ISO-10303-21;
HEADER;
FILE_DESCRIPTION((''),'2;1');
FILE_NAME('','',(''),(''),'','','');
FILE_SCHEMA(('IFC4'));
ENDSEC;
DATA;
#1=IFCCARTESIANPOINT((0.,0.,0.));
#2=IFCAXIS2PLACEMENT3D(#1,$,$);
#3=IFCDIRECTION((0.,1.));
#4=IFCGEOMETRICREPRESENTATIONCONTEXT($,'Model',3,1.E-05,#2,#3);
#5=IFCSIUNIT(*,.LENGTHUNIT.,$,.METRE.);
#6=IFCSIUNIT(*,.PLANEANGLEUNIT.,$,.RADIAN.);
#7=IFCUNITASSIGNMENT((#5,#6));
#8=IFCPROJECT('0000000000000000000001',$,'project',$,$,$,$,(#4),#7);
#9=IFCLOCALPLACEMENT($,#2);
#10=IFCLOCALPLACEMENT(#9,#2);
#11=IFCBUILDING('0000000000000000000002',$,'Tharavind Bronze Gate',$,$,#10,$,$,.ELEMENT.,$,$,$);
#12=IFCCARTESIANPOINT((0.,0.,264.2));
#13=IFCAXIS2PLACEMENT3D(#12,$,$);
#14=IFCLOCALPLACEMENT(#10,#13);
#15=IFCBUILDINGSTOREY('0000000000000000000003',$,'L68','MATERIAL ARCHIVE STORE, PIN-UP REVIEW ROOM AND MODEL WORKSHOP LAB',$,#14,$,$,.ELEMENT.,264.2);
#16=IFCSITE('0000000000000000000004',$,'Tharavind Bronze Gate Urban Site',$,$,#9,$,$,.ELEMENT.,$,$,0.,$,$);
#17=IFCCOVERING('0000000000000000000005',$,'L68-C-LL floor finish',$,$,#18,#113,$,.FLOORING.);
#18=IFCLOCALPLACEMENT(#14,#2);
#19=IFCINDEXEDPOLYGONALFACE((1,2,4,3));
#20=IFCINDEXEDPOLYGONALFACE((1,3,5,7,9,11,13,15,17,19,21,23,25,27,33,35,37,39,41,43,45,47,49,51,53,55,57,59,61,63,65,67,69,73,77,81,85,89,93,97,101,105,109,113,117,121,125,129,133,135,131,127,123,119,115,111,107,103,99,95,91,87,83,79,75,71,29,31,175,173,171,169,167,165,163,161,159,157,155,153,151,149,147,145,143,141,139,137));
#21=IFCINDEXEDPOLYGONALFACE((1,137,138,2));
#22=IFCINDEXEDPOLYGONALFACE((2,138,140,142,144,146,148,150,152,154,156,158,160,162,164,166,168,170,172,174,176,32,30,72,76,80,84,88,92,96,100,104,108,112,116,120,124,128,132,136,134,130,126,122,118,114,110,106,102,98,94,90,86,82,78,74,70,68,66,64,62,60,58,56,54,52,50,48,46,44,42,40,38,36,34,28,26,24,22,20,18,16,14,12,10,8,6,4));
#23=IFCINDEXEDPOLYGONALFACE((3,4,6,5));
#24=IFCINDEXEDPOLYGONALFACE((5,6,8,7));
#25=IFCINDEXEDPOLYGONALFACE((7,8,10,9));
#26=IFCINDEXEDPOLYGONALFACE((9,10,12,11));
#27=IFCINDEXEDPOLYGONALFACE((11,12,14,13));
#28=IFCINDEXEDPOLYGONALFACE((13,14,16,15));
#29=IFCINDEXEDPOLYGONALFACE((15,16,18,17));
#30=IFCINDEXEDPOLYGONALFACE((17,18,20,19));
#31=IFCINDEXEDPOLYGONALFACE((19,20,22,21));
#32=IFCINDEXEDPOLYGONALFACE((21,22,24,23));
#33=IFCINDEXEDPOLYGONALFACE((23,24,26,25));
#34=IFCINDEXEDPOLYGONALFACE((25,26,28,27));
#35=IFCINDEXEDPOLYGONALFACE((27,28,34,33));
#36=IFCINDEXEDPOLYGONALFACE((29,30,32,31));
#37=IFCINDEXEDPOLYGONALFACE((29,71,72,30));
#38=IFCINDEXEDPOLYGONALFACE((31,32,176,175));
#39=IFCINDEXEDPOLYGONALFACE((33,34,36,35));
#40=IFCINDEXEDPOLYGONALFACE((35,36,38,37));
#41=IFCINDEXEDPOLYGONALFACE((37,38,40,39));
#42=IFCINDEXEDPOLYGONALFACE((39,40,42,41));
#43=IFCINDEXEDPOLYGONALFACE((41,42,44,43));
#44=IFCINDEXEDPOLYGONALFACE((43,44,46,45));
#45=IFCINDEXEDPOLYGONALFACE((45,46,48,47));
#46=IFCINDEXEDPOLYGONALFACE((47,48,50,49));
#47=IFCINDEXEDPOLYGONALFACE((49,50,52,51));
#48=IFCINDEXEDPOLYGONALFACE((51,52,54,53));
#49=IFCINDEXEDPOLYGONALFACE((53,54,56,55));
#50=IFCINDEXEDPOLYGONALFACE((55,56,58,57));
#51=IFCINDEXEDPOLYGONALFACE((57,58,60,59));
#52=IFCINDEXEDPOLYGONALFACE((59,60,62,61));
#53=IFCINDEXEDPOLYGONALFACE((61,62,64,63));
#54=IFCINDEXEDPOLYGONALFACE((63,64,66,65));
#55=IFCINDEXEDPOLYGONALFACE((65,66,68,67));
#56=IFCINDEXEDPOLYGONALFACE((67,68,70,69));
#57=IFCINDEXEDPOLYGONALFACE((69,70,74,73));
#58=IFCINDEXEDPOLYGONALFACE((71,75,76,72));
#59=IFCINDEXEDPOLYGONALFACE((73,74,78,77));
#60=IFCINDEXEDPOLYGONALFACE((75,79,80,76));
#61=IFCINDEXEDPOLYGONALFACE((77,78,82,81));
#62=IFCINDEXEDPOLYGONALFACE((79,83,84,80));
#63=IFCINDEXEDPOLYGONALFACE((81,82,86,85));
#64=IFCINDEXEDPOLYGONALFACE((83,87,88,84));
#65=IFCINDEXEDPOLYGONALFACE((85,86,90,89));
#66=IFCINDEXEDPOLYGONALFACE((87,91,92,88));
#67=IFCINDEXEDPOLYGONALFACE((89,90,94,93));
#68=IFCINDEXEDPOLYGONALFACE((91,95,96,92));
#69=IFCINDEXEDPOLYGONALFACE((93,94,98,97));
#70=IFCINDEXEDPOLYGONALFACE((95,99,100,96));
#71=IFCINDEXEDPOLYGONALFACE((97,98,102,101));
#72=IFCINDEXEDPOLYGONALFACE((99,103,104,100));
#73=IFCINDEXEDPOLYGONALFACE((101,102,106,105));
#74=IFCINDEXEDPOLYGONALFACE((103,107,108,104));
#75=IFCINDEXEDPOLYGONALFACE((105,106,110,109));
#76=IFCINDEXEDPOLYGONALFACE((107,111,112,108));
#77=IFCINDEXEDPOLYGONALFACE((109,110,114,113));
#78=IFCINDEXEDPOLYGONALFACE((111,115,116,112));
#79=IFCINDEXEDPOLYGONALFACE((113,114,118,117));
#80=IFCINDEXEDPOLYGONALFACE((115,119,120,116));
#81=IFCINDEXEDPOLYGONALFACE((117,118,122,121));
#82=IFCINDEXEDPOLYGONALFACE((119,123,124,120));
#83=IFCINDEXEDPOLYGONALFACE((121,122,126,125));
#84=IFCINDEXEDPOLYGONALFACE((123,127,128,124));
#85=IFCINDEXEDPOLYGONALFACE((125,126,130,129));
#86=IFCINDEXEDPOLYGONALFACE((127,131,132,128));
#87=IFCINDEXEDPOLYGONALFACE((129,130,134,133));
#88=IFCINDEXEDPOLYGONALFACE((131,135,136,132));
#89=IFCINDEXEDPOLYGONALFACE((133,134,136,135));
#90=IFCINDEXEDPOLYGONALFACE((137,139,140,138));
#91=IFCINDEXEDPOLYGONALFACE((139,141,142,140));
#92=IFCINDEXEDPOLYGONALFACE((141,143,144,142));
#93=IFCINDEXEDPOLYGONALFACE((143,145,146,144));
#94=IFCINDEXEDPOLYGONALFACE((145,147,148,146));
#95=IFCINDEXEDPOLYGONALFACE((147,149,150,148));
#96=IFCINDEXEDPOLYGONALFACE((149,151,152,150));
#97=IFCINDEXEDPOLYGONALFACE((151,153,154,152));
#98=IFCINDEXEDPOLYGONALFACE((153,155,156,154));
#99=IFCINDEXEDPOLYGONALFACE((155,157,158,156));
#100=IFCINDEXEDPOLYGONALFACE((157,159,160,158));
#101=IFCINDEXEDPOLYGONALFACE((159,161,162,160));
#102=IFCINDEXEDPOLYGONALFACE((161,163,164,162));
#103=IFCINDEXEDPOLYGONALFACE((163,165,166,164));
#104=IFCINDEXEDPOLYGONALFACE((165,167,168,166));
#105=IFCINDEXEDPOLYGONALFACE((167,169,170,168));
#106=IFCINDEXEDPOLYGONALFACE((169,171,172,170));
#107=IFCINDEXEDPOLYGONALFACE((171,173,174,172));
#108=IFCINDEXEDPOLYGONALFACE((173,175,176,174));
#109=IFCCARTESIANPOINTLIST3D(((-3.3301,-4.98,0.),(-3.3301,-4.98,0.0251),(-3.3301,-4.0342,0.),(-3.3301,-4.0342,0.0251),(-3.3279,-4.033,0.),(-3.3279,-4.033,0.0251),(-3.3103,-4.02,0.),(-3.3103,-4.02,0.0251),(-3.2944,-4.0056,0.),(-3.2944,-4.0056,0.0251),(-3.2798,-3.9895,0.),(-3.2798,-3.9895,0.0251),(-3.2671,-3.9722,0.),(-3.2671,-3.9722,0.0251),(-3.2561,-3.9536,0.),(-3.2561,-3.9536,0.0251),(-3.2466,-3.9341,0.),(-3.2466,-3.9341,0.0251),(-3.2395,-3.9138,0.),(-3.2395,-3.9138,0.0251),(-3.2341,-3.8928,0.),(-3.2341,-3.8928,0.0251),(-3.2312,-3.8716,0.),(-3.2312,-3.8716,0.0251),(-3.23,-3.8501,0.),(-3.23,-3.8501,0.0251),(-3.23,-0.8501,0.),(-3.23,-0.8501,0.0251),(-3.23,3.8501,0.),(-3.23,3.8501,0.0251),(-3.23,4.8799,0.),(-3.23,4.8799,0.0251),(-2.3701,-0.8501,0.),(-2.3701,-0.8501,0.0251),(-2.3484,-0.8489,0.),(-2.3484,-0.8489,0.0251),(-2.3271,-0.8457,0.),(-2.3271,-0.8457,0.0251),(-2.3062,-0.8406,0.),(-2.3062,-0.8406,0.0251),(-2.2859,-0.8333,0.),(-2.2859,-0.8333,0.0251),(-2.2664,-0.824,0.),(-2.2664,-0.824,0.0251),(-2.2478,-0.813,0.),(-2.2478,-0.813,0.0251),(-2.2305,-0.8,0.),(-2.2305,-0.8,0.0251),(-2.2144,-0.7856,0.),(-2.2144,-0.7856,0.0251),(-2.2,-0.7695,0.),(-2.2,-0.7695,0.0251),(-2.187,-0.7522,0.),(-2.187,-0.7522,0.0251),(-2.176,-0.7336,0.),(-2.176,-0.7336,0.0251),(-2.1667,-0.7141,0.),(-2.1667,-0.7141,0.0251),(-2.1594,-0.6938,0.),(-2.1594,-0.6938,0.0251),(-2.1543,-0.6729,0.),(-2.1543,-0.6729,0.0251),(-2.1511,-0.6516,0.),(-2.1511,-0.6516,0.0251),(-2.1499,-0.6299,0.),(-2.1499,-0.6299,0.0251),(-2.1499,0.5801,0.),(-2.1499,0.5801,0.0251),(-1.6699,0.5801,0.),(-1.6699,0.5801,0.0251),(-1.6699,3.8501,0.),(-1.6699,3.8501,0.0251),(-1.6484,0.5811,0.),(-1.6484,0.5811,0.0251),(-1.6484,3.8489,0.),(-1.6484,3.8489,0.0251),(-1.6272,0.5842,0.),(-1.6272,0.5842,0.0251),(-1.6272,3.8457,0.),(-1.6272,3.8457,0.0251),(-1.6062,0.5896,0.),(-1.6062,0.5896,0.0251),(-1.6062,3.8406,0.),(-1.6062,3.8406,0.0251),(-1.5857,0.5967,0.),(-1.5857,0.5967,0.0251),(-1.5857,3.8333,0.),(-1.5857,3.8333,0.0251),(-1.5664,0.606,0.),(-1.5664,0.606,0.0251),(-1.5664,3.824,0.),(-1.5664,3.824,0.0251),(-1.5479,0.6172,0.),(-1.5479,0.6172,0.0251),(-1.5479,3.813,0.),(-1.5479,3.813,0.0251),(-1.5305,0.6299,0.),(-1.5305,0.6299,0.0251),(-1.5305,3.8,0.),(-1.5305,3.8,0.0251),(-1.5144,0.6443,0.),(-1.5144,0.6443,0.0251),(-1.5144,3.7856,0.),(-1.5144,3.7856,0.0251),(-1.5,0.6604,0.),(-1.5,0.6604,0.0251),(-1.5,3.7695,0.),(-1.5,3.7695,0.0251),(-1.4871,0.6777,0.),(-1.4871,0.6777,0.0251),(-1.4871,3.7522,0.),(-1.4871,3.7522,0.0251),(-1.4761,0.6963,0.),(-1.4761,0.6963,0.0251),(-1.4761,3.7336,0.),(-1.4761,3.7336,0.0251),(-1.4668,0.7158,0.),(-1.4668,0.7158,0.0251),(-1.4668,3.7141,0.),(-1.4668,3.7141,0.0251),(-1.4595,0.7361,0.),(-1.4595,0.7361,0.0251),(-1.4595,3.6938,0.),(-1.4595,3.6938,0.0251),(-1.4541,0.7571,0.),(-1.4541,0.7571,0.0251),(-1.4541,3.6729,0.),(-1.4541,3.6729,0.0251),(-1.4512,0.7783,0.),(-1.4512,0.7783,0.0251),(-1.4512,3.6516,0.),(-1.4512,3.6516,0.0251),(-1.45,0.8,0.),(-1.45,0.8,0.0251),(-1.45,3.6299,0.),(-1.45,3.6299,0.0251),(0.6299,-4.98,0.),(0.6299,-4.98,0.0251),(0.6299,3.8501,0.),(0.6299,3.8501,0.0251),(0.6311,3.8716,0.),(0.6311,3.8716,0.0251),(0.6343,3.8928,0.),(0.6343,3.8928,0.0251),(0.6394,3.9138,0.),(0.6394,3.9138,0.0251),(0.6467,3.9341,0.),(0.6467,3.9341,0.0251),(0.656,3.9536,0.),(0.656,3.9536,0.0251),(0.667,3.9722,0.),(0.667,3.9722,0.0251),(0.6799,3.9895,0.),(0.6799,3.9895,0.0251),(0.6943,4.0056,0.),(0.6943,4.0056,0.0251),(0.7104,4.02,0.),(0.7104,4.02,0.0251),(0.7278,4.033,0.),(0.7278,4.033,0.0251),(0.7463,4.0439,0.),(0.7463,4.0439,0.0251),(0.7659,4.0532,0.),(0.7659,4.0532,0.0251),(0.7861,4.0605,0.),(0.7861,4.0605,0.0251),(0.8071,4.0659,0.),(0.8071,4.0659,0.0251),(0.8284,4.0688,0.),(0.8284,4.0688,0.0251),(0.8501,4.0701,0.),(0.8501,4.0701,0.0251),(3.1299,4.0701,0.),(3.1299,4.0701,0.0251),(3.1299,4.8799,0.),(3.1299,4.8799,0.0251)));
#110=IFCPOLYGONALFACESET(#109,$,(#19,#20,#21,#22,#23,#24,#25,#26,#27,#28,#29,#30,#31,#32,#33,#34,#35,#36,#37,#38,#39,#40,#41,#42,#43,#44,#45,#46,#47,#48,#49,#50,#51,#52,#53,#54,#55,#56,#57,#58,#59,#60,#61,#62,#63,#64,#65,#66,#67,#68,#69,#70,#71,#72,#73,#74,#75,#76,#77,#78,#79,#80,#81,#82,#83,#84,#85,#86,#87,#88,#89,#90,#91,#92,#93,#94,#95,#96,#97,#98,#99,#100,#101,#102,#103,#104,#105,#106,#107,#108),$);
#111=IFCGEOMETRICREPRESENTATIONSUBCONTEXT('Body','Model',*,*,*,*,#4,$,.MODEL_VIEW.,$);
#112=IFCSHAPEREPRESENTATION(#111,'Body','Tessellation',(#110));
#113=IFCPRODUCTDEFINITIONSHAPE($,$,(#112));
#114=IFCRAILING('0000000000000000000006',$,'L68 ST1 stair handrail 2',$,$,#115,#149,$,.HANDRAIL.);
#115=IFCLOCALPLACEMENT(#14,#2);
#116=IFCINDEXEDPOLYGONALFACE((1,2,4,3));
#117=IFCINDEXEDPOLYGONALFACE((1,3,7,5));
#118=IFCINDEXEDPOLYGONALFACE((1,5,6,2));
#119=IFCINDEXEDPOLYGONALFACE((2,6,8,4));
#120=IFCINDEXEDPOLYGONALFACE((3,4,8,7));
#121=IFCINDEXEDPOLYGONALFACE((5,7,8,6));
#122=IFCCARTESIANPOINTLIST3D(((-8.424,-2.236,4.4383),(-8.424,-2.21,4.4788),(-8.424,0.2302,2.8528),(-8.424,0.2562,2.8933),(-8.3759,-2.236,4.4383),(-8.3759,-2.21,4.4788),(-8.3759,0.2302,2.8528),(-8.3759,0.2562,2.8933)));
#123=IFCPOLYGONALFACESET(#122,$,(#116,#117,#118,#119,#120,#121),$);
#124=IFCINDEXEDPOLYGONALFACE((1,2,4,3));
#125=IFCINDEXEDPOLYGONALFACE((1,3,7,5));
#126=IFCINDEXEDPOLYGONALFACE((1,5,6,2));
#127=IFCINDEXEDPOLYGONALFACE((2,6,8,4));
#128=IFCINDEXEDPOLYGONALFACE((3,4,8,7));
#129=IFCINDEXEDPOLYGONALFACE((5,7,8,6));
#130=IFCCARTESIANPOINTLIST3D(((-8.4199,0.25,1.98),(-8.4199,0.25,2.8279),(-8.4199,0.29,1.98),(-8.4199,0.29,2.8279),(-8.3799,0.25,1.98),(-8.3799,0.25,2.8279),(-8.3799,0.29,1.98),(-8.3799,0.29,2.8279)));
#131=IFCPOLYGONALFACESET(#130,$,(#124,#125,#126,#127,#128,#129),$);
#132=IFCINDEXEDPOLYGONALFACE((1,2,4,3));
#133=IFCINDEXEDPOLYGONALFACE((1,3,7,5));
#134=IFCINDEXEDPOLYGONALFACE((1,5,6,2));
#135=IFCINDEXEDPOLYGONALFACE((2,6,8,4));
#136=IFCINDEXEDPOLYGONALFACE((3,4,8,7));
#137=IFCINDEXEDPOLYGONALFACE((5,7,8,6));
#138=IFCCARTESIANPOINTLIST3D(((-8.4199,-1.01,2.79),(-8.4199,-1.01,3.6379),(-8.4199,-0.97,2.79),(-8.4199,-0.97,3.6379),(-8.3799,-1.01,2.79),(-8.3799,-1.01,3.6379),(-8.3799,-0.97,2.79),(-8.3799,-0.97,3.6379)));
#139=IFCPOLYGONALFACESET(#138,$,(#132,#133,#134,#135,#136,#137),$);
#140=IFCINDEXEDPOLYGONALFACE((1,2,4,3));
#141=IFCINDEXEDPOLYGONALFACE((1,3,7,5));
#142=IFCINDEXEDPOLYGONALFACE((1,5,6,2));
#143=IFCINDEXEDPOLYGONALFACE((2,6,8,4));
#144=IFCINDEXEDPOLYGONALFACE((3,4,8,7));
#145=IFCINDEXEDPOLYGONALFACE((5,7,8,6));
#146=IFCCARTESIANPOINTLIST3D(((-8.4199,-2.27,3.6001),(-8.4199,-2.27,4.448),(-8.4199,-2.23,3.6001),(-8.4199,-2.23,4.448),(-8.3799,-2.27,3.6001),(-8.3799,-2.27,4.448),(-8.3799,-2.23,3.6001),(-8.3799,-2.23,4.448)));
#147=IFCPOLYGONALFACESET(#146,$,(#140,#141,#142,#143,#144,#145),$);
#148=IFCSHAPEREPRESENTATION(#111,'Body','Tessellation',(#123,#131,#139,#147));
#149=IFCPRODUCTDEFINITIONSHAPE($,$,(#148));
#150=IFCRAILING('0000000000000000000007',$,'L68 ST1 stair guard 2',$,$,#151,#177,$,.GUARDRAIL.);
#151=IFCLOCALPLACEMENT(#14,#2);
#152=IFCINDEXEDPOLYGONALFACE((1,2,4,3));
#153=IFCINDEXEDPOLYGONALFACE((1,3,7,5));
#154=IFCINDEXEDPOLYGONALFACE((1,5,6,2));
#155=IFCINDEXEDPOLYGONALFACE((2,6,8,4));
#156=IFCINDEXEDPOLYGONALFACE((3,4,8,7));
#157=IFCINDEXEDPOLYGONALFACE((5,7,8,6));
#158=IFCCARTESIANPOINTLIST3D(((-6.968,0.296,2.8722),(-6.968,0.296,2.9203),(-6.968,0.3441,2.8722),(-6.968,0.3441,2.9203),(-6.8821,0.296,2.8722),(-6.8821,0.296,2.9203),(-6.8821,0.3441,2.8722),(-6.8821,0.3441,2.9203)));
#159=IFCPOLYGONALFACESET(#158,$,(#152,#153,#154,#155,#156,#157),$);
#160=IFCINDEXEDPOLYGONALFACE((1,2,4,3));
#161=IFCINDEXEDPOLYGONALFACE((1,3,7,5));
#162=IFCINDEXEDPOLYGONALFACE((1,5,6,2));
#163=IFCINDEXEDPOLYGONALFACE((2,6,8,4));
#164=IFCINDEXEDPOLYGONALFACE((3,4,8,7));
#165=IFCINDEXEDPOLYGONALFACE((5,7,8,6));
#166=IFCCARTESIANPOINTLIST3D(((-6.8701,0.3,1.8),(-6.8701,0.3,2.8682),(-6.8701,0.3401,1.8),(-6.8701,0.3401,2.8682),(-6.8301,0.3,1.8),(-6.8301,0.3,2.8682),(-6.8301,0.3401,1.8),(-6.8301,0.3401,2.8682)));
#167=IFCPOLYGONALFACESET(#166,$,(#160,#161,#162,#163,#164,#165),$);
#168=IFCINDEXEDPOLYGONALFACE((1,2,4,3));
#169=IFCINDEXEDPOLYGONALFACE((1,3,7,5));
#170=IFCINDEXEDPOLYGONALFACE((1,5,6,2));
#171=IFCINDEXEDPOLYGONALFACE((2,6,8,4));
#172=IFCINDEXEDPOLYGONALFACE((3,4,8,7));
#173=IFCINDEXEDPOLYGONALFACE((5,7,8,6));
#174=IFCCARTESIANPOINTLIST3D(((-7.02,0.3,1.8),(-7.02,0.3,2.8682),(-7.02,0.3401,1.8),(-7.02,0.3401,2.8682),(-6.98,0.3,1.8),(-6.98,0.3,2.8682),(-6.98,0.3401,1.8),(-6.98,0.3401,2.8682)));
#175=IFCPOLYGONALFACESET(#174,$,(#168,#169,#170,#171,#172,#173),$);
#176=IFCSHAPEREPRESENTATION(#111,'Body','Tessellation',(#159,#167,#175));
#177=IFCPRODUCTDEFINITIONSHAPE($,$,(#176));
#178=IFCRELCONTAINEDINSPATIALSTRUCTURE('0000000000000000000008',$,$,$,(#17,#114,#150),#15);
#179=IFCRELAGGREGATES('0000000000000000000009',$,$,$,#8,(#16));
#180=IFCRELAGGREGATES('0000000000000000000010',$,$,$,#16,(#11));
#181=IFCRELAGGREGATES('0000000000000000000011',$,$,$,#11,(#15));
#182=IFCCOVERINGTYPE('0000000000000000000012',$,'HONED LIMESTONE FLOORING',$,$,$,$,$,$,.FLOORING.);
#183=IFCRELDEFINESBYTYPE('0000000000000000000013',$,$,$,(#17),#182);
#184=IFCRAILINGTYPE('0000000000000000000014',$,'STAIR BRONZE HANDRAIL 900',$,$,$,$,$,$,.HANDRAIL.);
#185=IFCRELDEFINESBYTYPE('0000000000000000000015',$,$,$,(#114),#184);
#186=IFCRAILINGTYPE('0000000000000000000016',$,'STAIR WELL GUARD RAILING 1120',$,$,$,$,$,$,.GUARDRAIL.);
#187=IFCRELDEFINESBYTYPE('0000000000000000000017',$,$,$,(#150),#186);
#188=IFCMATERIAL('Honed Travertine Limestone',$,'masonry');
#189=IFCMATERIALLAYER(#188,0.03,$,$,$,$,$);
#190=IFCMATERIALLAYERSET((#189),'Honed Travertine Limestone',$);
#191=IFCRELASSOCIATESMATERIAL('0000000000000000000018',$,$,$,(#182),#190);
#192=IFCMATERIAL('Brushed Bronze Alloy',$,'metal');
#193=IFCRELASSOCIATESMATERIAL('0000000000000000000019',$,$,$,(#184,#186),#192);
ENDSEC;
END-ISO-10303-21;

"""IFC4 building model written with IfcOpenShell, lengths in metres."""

from ifc_helpers import new_model, si_unit, direction, frame, origin, origin_2d, place, context, subcontext, project, spatial, polyline, rectangle, outline, extrude, material, layer, layer_set, type_object, element, save


model = new_model("IFC4")

# Units and contexts
model_context = context("Model", 3, precision=1e-05, world=origin(), true_north=direction((0.0, 1.0)))
body_context = subcontext(model_context, "Body", "Model", "MODEL_VIEW")
ifc_project = project(units=[si_unit("LENGTHUNIT", "METRE"), si_unit("PLANEANGLEUNIT", "RADIAN")], contexts=[model_context])

# Site, building, storey
site_placement = place(None, origin())
site = spatial("IfcSite", under=ifc_project, at=site_placement, Name="Tharavind Bronze Gate Urban Site", CompositionType="ELEMENT", RefElevation=0.0)
building_placement = place(site_placement, origin())
building = spatial("IfcBuilding", under=site, at=building_placement, Name="Tharavind Bronze Gate", CompositionType="ELEMENT")
storey_placement = place(building_placement, frame((0.0, 0.0, 264.2)))
storey = spatial("IfcBuildingStorey", under=building, at=storey_placement, Name="L68", Description="MATERIAL ARCHIVE STORE, PIN-UP REVIEW ROOM AND MODEL WORKSHOP LAB", CompositionType="ELEMENT", Elevation=264.2)

# Covering
ifc_material_1 = material(Name="Honed Travertine Limestone", Category="masonry")
ifc_layer_1 = layer(ifc_material_1, 0.03)
ifc_layer_set_1 = layer_set([ifc_layer_1], Name="Honed Travertine Limestone")
covering_type_1 = type_object("IfcCoveringType", Name="HONED LIMESTONE FLOORING", PredefinedType="FLOORING", material=ifc_layer_set_1)
covering_1_placement = place(storey_placement, origin())
element("IfcCovering", 1, at=covering_1_placement, inside=storey, type_object=covering_type_1, Name="L68-C-LL floor finish", PredefinedType="FLOORING", context=body_context, shape_type="SweptSolid", body=[
    extrude(outline(polyline([(-3.3301, -4.98), (0.6299, -4.98), (0.6299, 3.8501), (0.6311, 3.8716), (0.6343, 3.8928), (0.6394, 3.9138), (0.6467, 3.9341), (0.656, 3.9536), (0.667, 3.9722), (0.6799, 3.9895), (0.6943, 4.0056), (0.7104, 4.02), (0.7278, 4.033), (0.7463, 4.0439), (0.7659, 4.0532), (0.7861, 4.0605), (0.8071, 4.0659), (0.8284, 4.0688), (0.8501, 4.0701), (3.1299, 4.0701), (3.1299, 4.8799), (-3.23, 4.8799), (-3.23, 3.8501), (-1.6699, 3.8501), (-1.6484, 3.8489), (-1.6272, 3.8457), (-1.6062, 3.8406), (-1.5857, 3.8333), (-1.5664, 3.824), (-1.5479, 3.813), (-1.5305, 3.8), (-1.5144, 3.7856), (-1.5, 3.7695), (-1.4871, 3.7522), (-1.4761, 3.7336), (-1.4668, 3.7141), (-1.4595, 3.6938), (-1.4541, 3.6729), (-1.4512, 3.6516), (-1.45, 3.6299), (-1.45, 0.8), (-1.4512, 0.7783), (-1.4541, 0.7571), (-1.4595, 0.7361), (-1.4668, 0.7158), (-1.4761, 0.6963), (-1.4871, 0.6777), (-1.5, 0.6604), (-1.5144, 0.6443), (-1.5305, 0.6299), (-1.5479, 0.6172), (-1.5664, 0.606), (-1.5857, 0.5967), (-1.6062, 0.5896), (-1.6272, 0.5842), (-1.6484, 0.5811), (-1.6699, 0.5801), (-2.1499, 0.5801), (-2.1499, -0.6299), (-2.1511, -0.6516), (-2.1543, -0.6729), (-2.1594, -0.6938), (-2.1667, -0.7141), (-2.176, -0.7336), (-2.187, -0.7522), (-2.2, -0.7695), (-2.2144, -0.7856), (-2.2305, -0.8), (-2.2478, -0.813), (-2.2664, -0.824), (-2.2859, -0.8333), (-2.3062, -0.8406), (-2.3271, -0.8457), (-2.3484, -0.8489), (-2.3701, -0.8501), (-3.23, -0.8501), (-3.23, -3.8501), (-3.2312, -3.8716), (-3.2341, -3.8928), (-3.2395, -3.9138), (-3.2466, -3.9341), (-3.2561, -3.9536), (-3.2671, -3.9722), (-3.2798, -3.9895), (-3.2944, -4.0056), (-3.3103, -4.02), (-3.3279, -4.033), (-3.3301, -4.0342), (-3.3301, -4.98)])), origin(), (0.0, 0.0, 1.0), 0.0251),
])

# Railings
ifc_material_2 = material(Name="Brushed Bronze Alloy", Category="metal")
railing_type_1 = type_object("IfcRailingType", Name="STAIR BRONZE HANDRAIL 900", PredefinedType="HANDRAIL", material=ifc_material_2)
railing_1_placement = place(storey_placement, frame((-8.3999, 0.27, 1.98)))
element("IfcRailing", 2, at=railing_1_placement, inside=storey, type_object=railing_type_1, Name="L68 ST1 stair handrail 2", PredefinedType="HANDRAIL", context=body_context, shape_type="SweptSolid", body=[
    extrude(rectangle(XDim=0.0481, YDim=0.0481, at=origin_2d()), frame((0.0, -0.0269, 0.8931), z_axis=(0.0, -0.841163, 0.540782), x_axis=(1.0, 0.0, 0.0)), (0.0, 0.0, 1.0), 2.9319),
    extrude(rectangle(XDim=0.04, YDim=0.04, at=origin_2d()), origin(), (0.0, 0.0, 1.0), 0.8479),
    extrude(rectangle(XDim=0.04, YDim=0.04, at=origin_2d()), frame((0.0, -1.26, 0.8101)), (0.0, 0.0, 1.0), 0.8479),
    extrude(rectangle(XDim=0.04, YDim=0.04, at=origin_2d()), frame((0.0, -2.52, 1.6201)), (0.0, 0.0, 1.0), 0.8479),
])
railing_type_2 = type_object("IfcRailingType", Name="STAIR WELL GUARD RAILING 1120", PredefinedType="GUARDRAIL", material=ifc_material_2)
railing_2_placement = place(storey_placement, frame((-6.8501, 0.3201, 1.8)))
element("IfcRailing", 3, at=railing_2_placement, inside=storey, type_object=railing_type_2, Name="L68 ST1 stair guard 2", PredefinedType="GUARDRAIL", context=body_context, shape_type="SweptSolid", body=[
    extrude(rectangle(XDim=0.0481, YDim=0.0481, at=origin_2d()), frame((-0.032, 0.0, 1.0962), z_axis=(-1.0, 0.0, 0.0), x_axis=(0.0, -1.0, 0.0)), (0.0, 0.0, 1.0), 0.0859),
    extrude(rectangle(XDim=0.04, YDim=0.04, at=origin_2d()), origin(), (0.0, 0.0, 1.0), 1.0681),
    extrude(rectangle(XDim=0.04, YDim=0.04, at=origin_2d()), frame((-0.1499, 0.0, 0.0)), (0.0, 0.0, 1.0), 1.0681),
])

save(model, "model.ifc")
